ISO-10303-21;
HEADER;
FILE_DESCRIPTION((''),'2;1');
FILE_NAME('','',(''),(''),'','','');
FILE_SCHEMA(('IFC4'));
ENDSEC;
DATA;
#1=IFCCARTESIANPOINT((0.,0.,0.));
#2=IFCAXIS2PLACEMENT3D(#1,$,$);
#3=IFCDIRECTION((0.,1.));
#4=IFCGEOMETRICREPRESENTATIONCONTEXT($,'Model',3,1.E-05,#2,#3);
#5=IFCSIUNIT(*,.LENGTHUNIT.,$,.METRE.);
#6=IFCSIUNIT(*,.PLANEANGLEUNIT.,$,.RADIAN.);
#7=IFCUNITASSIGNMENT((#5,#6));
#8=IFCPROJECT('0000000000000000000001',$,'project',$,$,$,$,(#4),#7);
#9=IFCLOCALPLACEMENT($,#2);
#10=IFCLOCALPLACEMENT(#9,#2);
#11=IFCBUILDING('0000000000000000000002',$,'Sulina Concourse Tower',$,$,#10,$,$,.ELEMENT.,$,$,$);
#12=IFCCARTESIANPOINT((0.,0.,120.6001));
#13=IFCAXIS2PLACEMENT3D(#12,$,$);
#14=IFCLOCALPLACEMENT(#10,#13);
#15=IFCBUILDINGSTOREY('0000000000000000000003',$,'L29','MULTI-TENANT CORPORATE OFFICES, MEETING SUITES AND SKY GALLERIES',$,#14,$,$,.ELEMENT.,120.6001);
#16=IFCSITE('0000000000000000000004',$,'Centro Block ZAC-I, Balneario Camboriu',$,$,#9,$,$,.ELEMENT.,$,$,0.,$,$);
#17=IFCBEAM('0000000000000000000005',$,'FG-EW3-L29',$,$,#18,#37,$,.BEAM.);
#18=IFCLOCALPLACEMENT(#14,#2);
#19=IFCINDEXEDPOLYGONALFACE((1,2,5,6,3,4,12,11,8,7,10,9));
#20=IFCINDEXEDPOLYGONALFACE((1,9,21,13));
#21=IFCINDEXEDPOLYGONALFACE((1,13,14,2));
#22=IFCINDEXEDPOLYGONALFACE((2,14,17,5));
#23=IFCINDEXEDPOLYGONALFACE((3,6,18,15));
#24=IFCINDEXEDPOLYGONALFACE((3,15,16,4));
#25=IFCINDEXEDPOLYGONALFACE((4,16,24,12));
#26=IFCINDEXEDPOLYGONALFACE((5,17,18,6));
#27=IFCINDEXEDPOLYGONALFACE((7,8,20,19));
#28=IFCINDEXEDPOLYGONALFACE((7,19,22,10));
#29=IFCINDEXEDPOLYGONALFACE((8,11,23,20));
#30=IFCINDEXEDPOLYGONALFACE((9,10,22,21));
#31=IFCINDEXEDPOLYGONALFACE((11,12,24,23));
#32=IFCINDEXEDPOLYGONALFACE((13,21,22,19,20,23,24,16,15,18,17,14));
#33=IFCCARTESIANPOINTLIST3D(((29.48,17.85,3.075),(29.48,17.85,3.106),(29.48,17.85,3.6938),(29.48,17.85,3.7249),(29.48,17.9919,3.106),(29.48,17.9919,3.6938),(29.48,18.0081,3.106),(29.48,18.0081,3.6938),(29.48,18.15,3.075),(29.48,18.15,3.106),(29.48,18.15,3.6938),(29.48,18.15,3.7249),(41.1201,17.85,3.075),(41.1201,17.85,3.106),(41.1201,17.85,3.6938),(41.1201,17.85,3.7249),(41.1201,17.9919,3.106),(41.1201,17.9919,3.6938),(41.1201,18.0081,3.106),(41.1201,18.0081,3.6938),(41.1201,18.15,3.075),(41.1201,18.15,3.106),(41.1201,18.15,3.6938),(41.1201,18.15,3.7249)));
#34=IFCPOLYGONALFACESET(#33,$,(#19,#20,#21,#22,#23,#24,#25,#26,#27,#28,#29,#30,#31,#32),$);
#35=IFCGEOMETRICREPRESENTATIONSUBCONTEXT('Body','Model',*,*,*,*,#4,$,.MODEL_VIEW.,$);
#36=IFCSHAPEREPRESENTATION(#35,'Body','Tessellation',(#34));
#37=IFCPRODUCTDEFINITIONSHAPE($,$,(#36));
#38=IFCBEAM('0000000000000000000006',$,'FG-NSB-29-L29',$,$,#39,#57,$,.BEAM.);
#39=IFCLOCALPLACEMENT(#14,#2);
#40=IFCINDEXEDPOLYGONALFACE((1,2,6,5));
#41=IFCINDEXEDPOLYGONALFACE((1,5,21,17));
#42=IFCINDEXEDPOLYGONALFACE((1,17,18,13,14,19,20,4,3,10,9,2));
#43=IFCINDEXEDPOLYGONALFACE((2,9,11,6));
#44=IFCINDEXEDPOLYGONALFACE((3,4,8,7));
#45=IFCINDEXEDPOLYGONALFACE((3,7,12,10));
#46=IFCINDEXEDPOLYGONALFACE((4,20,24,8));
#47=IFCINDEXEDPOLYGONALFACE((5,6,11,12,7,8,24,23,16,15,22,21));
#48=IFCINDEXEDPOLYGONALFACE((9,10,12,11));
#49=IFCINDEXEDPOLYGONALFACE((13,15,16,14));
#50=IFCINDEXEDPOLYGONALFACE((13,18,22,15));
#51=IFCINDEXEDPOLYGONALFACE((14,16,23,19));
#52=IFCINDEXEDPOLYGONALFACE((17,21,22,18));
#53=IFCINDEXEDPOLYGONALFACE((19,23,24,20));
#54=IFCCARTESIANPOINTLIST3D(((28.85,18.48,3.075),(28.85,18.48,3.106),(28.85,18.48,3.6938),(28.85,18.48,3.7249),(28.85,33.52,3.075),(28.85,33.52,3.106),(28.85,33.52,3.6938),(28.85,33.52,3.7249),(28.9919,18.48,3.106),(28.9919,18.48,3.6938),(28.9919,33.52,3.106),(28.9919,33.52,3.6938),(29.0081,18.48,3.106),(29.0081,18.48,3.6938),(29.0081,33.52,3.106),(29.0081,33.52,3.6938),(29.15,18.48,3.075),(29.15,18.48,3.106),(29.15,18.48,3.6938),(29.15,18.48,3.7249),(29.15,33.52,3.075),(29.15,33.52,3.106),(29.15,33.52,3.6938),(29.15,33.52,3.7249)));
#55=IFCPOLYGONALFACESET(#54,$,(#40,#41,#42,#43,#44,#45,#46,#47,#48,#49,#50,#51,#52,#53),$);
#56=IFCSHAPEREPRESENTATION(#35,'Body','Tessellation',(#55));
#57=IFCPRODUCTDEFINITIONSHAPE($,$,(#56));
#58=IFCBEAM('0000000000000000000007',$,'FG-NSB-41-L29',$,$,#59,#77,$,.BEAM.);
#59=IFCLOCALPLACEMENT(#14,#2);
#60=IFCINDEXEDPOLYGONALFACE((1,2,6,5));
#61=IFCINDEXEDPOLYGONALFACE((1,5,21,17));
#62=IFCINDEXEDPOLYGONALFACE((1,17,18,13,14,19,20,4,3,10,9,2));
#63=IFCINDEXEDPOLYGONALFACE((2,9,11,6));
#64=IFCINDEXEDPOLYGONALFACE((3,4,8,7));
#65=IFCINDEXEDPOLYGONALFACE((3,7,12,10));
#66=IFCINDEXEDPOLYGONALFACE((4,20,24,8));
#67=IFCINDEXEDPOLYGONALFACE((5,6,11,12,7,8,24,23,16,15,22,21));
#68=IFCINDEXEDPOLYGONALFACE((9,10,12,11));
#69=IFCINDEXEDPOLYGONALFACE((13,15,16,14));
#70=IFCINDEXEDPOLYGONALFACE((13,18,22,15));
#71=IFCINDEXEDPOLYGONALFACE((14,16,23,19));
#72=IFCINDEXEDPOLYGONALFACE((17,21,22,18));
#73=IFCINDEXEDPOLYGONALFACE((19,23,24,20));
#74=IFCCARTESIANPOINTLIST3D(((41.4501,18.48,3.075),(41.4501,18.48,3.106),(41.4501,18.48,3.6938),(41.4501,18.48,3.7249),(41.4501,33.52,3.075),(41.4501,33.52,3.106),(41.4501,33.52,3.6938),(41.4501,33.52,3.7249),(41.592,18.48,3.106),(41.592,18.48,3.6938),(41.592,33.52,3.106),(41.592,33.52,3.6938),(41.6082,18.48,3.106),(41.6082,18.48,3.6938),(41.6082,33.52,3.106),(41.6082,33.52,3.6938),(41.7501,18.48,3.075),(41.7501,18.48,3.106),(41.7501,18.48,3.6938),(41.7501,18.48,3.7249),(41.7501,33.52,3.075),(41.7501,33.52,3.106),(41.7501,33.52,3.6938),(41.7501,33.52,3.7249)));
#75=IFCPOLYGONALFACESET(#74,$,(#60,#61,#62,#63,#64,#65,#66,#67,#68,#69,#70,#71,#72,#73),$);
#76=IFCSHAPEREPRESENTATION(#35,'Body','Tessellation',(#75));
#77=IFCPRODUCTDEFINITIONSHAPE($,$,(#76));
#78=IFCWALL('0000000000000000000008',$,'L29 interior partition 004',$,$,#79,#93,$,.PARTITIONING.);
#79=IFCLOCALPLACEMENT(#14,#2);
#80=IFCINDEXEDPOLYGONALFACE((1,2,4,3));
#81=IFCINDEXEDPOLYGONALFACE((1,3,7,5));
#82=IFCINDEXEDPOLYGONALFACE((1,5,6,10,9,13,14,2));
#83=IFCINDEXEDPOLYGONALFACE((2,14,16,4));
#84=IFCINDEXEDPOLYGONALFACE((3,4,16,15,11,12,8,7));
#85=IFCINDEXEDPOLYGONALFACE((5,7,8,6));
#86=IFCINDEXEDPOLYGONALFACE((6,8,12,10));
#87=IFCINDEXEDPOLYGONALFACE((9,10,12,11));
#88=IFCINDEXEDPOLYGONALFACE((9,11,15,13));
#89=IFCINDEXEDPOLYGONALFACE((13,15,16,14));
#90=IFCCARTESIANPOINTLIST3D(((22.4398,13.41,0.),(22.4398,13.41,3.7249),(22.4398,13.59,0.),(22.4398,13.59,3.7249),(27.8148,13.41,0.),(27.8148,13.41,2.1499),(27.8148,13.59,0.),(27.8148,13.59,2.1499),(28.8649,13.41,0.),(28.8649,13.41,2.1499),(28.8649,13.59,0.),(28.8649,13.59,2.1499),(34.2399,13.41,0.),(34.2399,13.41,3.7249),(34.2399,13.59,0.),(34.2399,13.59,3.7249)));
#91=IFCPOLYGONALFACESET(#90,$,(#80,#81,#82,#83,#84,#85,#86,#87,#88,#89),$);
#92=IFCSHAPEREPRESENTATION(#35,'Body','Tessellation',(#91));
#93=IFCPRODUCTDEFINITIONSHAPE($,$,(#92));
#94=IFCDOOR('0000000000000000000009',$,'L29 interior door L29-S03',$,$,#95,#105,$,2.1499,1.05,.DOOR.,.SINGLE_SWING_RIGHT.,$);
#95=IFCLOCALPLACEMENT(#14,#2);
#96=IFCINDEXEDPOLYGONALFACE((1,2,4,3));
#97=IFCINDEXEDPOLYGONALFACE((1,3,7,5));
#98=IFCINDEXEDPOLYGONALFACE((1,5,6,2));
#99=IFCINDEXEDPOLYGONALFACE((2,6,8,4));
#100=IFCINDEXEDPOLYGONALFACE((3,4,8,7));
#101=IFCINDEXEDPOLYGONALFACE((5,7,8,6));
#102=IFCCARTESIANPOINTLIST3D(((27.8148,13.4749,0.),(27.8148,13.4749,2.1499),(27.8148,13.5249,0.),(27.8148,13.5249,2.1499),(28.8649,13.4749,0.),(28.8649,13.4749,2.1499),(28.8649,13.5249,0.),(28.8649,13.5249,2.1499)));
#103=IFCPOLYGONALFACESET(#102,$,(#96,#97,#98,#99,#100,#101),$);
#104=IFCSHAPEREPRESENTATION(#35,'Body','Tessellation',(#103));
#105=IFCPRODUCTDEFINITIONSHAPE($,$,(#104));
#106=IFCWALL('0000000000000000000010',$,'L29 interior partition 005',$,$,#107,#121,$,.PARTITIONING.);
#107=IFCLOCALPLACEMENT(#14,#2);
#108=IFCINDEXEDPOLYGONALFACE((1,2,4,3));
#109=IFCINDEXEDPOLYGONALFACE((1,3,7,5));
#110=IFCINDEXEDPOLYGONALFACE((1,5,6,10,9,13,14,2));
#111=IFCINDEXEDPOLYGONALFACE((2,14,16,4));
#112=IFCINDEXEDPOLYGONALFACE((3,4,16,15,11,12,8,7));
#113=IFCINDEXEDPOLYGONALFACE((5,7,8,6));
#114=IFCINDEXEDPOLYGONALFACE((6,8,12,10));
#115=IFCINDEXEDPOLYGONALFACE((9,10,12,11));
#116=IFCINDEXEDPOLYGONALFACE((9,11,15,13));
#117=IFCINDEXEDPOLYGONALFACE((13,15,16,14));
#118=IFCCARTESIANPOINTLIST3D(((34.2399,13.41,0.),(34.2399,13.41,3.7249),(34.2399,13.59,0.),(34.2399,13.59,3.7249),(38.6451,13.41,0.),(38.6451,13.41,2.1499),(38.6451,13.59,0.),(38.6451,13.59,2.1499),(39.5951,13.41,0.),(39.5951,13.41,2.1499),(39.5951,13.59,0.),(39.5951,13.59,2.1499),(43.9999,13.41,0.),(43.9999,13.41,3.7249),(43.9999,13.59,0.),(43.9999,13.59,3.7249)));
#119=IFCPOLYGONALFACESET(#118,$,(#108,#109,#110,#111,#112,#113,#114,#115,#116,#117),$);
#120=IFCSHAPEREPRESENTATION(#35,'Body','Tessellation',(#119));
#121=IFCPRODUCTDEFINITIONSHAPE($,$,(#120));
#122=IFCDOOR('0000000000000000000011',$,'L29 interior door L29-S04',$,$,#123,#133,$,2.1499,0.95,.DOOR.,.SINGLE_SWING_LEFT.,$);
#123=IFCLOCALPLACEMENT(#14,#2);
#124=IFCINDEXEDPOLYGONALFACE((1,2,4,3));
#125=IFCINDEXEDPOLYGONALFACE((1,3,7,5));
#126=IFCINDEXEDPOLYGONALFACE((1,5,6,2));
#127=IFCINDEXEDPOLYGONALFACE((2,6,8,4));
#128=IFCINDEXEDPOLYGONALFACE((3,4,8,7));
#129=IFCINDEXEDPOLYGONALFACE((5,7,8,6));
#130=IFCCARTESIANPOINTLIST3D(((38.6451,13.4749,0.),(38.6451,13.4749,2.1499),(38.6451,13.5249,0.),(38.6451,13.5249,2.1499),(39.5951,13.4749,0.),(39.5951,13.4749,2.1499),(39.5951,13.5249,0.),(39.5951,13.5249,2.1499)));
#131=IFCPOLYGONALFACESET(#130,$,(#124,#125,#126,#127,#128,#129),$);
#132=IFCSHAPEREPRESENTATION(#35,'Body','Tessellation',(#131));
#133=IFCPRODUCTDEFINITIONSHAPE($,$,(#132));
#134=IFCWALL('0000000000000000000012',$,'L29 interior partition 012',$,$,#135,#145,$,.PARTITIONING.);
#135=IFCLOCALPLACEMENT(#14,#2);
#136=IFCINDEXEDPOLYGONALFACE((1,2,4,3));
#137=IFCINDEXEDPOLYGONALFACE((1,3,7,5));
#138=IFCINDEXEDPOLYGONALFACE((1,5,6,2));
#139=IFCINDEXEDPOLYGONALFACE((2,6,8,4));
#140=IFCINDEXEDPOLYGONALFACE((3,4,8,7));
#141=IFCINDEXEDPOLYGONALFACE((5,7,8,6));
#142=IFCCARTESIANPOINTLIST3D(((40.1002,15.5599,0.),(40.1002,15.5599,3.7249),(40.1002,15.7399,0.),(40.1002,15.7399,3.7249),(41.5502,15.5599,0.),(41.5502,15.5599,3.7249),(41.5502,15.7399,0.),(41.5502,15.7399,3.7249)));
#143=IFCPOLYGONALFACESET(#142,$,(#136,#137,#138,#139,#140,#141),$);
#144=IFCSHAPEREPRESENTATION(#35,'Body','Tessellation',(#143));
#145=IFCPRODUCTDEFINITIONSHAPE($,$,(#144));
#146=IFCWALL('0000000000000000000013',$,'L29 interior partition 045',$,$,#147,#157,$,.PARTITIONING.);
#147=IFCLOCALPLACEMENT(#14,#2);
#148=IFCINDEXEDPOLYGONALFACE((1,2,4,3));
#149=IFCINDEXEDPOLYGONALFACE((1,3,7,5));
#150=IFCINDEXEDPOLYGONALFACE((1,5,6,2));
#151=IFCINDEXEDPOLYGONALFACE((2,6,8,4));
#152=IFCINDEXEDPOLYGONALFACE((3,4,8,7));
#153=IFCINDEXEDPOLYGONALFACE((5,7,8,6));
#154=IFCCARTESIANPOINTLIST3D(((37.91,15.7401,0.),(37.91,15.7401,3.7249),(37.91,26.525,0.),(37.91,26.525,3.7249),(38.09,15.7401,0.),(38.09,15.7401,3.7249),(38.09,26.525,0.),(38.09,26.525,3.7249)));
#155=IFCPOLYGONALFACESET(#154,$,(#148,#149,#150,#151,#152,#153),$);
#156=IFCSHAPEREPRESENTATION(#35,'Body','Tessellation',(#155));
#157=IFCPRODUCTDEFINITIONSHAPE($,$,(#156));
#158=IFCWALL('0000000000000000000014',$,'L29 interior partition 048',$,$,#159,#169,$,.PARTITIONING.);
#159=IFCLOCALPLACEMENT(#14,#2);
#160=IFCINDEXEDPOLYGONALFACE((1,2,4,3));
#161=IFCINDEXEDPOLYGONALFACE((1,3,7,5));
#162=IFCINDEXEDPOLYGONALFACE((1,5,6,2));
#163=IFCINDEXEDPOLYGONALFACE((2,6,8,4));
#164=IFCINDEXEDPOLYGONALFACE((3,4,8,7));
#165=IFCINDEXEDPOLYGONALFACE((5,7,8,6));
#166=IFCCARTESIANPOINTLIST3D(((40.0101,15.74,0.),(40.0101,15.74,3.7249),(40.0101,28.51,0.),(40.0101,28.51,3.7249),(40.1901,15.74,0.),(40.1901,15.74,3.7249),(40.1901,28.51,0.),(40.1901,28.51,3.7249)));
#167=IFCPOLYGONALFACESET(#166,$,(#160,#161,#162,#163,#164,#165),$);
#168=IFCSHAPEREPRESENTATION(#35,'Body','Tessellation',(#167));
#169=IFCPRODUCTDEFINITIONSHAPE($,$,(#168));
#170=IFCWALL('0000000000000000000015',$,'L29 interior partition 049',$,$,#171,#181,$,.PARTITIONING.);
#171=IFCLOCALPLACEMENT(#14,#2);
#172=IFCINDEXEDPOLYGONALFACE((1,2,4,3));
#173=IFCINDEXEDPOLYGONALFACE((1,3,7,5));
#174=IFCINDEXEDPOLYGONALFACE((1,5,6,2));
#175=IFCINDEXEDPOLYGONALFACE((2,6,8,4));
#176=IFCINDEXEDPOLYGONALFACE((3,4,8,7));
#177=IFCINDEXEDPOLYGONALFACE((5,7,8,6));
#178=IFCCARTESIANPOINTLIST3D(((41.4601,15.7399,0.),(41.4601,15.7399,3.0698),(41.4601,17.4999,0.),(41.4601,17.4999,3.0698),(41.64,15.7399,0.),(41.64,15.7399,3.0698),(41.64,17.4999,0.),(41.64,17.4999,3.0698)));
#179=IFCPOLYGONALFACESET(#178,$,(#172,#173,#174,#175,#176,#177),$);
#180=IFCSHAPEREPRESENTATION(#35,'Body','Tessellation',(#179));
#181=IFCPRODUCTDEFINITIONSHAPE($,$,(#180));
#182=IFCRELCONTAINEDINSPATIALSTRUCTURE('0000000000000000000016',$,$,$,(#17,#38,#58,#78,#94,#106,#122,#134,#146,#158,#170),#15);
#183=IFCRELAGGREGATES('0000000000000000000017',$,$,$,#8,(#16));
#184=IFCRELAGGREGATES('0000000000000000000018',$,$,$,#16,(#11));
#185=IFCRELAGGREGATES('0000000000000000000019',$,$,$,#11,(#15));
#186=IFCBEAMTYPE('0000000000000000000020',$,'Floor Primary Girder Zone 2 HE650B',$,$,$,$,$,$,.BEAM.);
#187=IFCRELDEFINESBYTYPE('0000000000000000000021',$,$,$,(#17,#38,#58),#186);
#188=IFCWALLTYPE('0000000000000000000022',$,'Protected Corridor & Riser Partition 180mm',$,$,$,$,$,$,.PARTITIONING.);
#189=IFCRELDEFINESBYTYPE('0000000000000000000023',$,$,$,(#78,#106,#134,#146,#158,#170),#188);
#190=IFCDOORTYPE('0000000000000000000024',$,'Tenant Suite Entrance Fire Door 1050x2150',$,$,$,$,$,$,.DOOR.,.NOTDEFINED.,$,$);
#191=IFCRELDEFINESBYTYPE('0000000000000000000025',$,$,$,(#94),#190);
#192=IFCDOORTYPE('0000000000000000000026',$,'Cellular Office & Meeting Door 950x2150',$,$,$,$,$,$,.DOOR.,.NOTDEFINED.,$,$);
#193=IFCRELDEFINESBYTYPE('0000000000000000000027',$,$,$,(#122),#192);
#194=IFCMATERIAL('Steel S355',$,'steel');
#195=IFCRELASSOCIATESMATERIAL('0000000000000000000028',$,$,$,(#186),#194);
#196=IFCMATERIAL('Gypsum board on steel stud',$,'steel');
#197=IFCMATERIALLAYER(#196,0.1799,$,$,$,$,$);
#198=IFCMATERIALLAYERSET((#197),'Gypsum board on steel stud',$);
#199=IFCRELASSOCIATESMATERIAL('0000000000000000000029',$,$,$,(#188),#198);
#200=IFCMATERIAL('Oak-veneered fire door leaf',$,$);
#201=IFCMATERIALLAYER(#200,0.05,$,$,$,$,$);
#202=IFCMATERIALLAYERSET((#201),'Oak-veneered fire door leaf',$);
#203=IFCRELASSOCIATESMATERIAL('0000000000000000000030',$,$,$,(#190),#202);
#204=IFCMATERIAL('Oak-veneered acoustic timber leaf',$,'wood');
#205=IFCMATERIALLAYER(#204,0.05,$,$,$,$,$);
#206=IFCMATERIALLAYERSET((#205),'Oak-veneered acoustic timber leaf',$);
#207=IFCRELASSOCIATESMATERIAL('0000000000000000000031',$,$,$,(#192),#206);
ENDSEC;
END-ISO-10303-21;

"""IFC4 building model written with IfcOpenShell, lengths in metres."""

from ifc_helpers import new_model, si_unit, direction, frame, frame_2d, origin, origin_2d, place, context, subcontext, project, spatial, rectangle, i_section, extrude, material, layer, layer_set, material_profile, profile_set, type_object, element, fill, save


model = new_model("IFC4")

# Units and contexts
model_context = context("Model", 3, precision=1e-05, world=origin(), true_north=direction((0.0, 1.0)))
body_context = subcontext(model_context, "Body", "Model", "MODEL_VIEW")
ifc_project = project(units=[si_unit("LENGTHUNIT", "METRE"), si_unit("PLANEANGLEUNIT", "RADIAN")], contexts=[model_context])

# Site, building, storey
site_placement = place(None, origin())
site = spatial("IfcSite", under=ifc_project, at=site_placement, Name="Centro Block ZAC-I, Balneario Camboriu", CompositionType="ELEMENT", RefElevation=0.0)
building_placement = place(site_placement, origin())
building = spatial("IfcBuilding", under=site, at=building_placement, Name="Sulina Concourse Tower", CompositionType="ELEMENT")
storey_placement = place(building_placement, frame((0.0, 0.0, 120.6001)))
storey = spatial("IfcBuildingStorey", under=building, at=storey_placement, Name="L29", Description="MULTI-TENANT CORPORATE OFFICES, MEETING SUITES AND SKY GALLERIES", CompositionType="ELEMENT", Elevation=120.6001)

# Beams
ifc_material_1 = material(Name="Steel S355", Category="steel")
ifc_material_profile_1 = material_profile(ifc_material_1, i_section(OverallWidth=0.3, OverallDepth=0.6499, WebThickness=0.0161, FlangeThickness=0.031, at=origin_2d()), Name="HE 650 B")
ifc_profile_set_1 = profile_set([ifc_material_profile_1], Name="Steel S355")
beam_type_1 = type_object("IfcBeamType", Name="Floor Primary Girder Zone 2 HE650B", PredefinedType="BEAM", material=ifc_profile_set_1)
beam_1_placement = place(storey_placement, frame((29.48, 18.0, 3.3999), z_axis=(1.0, 0.0, 0.0), x_axis=(0.0, 1.0, 0.0)))
element("IfcBeam", 1, at=beam_1_placement, inside=storey, type_object=beam_type_1, Name="FG-EW3-L29", PredefinedType="BEAM", context=body_context, shape_type="SweptSolid", body=[
    extrude(i_section(OverallWidth=0.3, OverallDepth=0.6499, WebThickness=0.0161, FlangeThickness=0.031, at=origin_2d()), origin(), (0.0, 0.0, 1.0), 11.6401),
])
for number, where, z_axis, x_axis, name in (
    (2, (29.0, 18.48, 3.3999), (0.0, 1.0, 0.0), (-1.0, 0.0, 0.0), "FG-NSB-29-L29"),
    (3, (41.6001, 18.48, 3.3999), (0.0, 1.0, 0.0), (-1.0, 0.0, 0.0), "FG-NSB-41-L29"),
):
    element("IfcBeam", number, at=place(storey_placement, frame(where, z_axis=z_axis, x_axis=x_axis)), inside=storey, type_object=beam_type_1, Name=name, PredefinedType="BEAM", context=body_context, shape_type="SweptSolid", body=[
        extrude(i_section(OverallWidth=0.3, OverallDepth=0.6499, WebThickness=0.0161, FlangeThickness=0.031, at=origin_2d()), origin(), (0.0, 0.0, 1.0), 15.04),
    ])

# Walls, openings, doors
ifc_material_2 = material(Name="Gypsum board on steel stud", Category="steel")
ifc_layer_1 = layer(ifc_material_2, 0.1799)
ifc_layer_set_1 = layer_set([ifc_layer_1], Name="Gypsum board on steel stud")
wall_type = type_object("IfcWallType", Name="Protected Corridor & Riser Partition 180mm", PredefinedType="PARTITIONING", material=ifc_layer_set_1)
wall_1_placement = place(storey_placement, frame((22.4399, 13.5, 0.0), z_axis=(0.0, 0.0, 1.0), x_axis=(1.0, 0.0, 0.0)))
wall_1 = element("IfcWall", 4, at=wall_1_placement, inside=storey, type_object=wall_type, Name="L29 interior partition 004", PredefinedType="PARTITIONING", context=body_context, shape_type="SweptSolid", body=[
    extrude(rectangle(XDim=11.8, YDim=0.1799, at=frame_2d((5.8999, 0.0))), origin(), (0.0, 0.0, 1.0), 3.7249),
])
opening_1_placement = place(wall_1_placement, frame((5.375, 0.0, 0.0)))
opening_1 = element("IfcOpeningElement", 5, at=opening_1_placement, cuts=wall_1, PredefinedType="OPENING", context=body_context, shape_type="SweptSolid", body=[
    extrude(rectangle(XDim=1.05, YDim=2.1499, at=frame_2d((0.5249, 1.075))), frame((0.0, 0.0999, 0.0), z_axis=(0.0, -1.0, 0.0), x_axis=(1.0, 0.0, 0.0)), (0.0, 0.0, 1.0), 0.2),
])
ifc_material_3 = material(Name="Oak-veneered fire door leaf")
ifc_layer_2 = layer(ifc_material_3, 0.05)
ifc_layer_set_2 = layer_set([ifc_layer_2], Name="Oak-veneered fire door leaf")
door_type_1 = type_object("IfcDoorType", Name="Tenant Suite Entrance Fire Door 1050x2150", OperationType="NOTDEFINED", PredefinedType="DOOR", material=ifc_layer_set_2)
door_1_placement = place(opening_1_placement, origin())
door_1 = element("IfcDoor", 6, at=door_1_placement, inside=storey, type_object=door_type_1, Name="L29 interior door L29-S03", OperationType="SINGLE_SWING_RIGHT", OverallHeight=2.1499, OverallWidth=1.05, PredefinedType="DOOR", context=body_context, shape_type="SweptSolid", body=[
    extrude(rectangle(XDim=1.05, YDim=2.1499, at=frame_2d((0.5249, 1.075))), frame((0.0, 0.0249, 0.0), z_axis=(0.0, -1.0, 0.0), x_axis=(1.0, 0.0, 0.0)), (0.0, 0.0, 1.0), 0.05),
])
fill(opening_1, door_1)
wall_2_placement = place(storey_placement, frame((34.24, 13.5, 0.0), z_axis=(0.0, 0.0, 1.0), x_axis=(1.0, 0.0, 0.0)))
wall_2 = element("IfcWall", 7, at=wall_2_placement, inside=storey, type_object=wall_type, Name="L29 interior partition 005", PredefinedType="PARTITIONING", context=body_context, shape_type="SweptSolid", body=[
    extrude(rectangle(XDim=9.76, YDim=0.1799, at=frame_2d((4.8799, 0.0))), origin(), (0.0, 0.0, 1.0), 3.7249),
])
opening_2_placement = place(wall_2_placement, frame((4.405, 0.0, 0.0)))
opening_2 = element("IfcOpeningElement", 8, at=opening_2_placement, cuts=wall_2, PredefinedType="OPENING", context=body_context, shape_type="SweptSolid", body=[
    extrude(rectangle(XDim=0.95, YDim=2.1499, at=frame_2d((0.4751, 1.075))), frame((0.0, 0.0999, 0.0), z_axis=(0.0, -1.0, 0.0), x_axis=(1.0, 0.0, 0.0)), (0.0, 0.0, 1.0), 0.2),
])
ifc_material_4 = material(Name="Oak-veneered acoustic timber leaf", Category="wood")
ifc_layer_3 = layer(ifc_material_4, 0.05)
ifc_layer_set_3 = layer_set([ifc_layer_3], Name="Oak-veneered acoustic timber leaf")
door_type_2 = type_object("IfcDoorType", Name="Cellular Office & Meeting Door 950x2150", OperationType="NOTDEFINED", PredefinedType="DOOR", material=ifc_layer_set_3)
door_2_placement = place(opening_2_placement, origin())
door_2 = element("IfcDoor", 9, at=door_2_placement, inside=storey, type_object=door_type_2, Name="L29 interior door L29-S04", OperationType="SINGLE_SWING_LEFT", OverallHeight=2.1499, OverallWidth=0.95, PredefinedType="DOOR", context=body_context, shape_type="SweptSolid", body=[
    extrude(rectangle(XDim=0.95, YDim=2.1499, at=frame_2d((0.4751, 1.075))), frame((0.0, 0.0249, 0.0), z_axis=(0.0, -1.0, 0.0), x_axis=(1.0, 0.0, 0.0)), (0.0, 0.0, 1.0), 0.05),
])
fill(opening_2, door_2)

# Walls
wall_3_placement = place(storey_placement, frame((40.1001, 15.6499, 0.0), z_axis=(0.0, 0.0, 1.0), x_axis=(1.0, 0.0, 0.0)))
element("IfcWall", 10, at=wall_3_placement, inside=storey, type_object=wall_type, Name="L29 interior partition 012", PredefinedType="PARTITIONING", context=body_context, shape_type="SweptSolid", body=[
    extrude(rectangle(XDim=1.45, YDim=0.1799, at=frame_2d((0.7251, 0.0))), origin(), (0.0, 0.0, 1.0), 3.7249),
])
wall_4_placement = place(storey_placement, frame((38.0, 15.74, 0.0), z_axis=(0.0, 0.0, 1.0), x_axis=(0.0, 1.0, 0.0)))
element("IfcWall", 11, at=wall_4_placement, inside=storey, type_object=wall_type, Name="L29 interior partition 045", PredefinedType="PARTITIONING", context=body_context, shape_type="SweptSolid", body=[
    extrude(rectangle(XDim=10.7849, YDim=0.1799, at=frame_2d((5.3926, 0.0))), origin(), (0.0, 0.0, 1.0), 3.7249),
])

# Walls
wall_5_placement = place(storey_placement, frame((40.1001, 15.74, 0.0), z_axis=(0.0, 0.0, 1.0), x_axis=(0.0, 1.0, 0.0)))
element("IfcWall", 12, at=wall_5_placement, inside=storey, type_object=wall_type, Name="L29 interior partition 048", PredefinedType="PARTITIONING", context=body_context, shape_type="SweptSolid", body=[
    extrude(rectangle(XDim=12.77, YDim=0.1799, at=frame_2d((6.385, 0.0))), origin(), (0.0, 0.0, 1.0), 3.7249),
])
wall_6_placement = place(storey_placement, frame((41.55, 15.74, 0.0), z_axis=(0.0, 0.0, 1.0), x_axis=(0.0, 1.0, 0.0)))
element("IfcWall", 13, at=wall_6_placement, inside=storey, type_object=wall_type, Name="L29 interior partition 049", PredefinedType="PARTITIONING", context=body_context, shape_type="SweptSolid", body=[
    extrude(rectangle(XDim=1.76, YDim=0.1799, at=frame_2d((0.8799, 0.0))), origin(), (0.0, 0.0, 1.0), 3.0698),
])

save(model, "model.ifc")
